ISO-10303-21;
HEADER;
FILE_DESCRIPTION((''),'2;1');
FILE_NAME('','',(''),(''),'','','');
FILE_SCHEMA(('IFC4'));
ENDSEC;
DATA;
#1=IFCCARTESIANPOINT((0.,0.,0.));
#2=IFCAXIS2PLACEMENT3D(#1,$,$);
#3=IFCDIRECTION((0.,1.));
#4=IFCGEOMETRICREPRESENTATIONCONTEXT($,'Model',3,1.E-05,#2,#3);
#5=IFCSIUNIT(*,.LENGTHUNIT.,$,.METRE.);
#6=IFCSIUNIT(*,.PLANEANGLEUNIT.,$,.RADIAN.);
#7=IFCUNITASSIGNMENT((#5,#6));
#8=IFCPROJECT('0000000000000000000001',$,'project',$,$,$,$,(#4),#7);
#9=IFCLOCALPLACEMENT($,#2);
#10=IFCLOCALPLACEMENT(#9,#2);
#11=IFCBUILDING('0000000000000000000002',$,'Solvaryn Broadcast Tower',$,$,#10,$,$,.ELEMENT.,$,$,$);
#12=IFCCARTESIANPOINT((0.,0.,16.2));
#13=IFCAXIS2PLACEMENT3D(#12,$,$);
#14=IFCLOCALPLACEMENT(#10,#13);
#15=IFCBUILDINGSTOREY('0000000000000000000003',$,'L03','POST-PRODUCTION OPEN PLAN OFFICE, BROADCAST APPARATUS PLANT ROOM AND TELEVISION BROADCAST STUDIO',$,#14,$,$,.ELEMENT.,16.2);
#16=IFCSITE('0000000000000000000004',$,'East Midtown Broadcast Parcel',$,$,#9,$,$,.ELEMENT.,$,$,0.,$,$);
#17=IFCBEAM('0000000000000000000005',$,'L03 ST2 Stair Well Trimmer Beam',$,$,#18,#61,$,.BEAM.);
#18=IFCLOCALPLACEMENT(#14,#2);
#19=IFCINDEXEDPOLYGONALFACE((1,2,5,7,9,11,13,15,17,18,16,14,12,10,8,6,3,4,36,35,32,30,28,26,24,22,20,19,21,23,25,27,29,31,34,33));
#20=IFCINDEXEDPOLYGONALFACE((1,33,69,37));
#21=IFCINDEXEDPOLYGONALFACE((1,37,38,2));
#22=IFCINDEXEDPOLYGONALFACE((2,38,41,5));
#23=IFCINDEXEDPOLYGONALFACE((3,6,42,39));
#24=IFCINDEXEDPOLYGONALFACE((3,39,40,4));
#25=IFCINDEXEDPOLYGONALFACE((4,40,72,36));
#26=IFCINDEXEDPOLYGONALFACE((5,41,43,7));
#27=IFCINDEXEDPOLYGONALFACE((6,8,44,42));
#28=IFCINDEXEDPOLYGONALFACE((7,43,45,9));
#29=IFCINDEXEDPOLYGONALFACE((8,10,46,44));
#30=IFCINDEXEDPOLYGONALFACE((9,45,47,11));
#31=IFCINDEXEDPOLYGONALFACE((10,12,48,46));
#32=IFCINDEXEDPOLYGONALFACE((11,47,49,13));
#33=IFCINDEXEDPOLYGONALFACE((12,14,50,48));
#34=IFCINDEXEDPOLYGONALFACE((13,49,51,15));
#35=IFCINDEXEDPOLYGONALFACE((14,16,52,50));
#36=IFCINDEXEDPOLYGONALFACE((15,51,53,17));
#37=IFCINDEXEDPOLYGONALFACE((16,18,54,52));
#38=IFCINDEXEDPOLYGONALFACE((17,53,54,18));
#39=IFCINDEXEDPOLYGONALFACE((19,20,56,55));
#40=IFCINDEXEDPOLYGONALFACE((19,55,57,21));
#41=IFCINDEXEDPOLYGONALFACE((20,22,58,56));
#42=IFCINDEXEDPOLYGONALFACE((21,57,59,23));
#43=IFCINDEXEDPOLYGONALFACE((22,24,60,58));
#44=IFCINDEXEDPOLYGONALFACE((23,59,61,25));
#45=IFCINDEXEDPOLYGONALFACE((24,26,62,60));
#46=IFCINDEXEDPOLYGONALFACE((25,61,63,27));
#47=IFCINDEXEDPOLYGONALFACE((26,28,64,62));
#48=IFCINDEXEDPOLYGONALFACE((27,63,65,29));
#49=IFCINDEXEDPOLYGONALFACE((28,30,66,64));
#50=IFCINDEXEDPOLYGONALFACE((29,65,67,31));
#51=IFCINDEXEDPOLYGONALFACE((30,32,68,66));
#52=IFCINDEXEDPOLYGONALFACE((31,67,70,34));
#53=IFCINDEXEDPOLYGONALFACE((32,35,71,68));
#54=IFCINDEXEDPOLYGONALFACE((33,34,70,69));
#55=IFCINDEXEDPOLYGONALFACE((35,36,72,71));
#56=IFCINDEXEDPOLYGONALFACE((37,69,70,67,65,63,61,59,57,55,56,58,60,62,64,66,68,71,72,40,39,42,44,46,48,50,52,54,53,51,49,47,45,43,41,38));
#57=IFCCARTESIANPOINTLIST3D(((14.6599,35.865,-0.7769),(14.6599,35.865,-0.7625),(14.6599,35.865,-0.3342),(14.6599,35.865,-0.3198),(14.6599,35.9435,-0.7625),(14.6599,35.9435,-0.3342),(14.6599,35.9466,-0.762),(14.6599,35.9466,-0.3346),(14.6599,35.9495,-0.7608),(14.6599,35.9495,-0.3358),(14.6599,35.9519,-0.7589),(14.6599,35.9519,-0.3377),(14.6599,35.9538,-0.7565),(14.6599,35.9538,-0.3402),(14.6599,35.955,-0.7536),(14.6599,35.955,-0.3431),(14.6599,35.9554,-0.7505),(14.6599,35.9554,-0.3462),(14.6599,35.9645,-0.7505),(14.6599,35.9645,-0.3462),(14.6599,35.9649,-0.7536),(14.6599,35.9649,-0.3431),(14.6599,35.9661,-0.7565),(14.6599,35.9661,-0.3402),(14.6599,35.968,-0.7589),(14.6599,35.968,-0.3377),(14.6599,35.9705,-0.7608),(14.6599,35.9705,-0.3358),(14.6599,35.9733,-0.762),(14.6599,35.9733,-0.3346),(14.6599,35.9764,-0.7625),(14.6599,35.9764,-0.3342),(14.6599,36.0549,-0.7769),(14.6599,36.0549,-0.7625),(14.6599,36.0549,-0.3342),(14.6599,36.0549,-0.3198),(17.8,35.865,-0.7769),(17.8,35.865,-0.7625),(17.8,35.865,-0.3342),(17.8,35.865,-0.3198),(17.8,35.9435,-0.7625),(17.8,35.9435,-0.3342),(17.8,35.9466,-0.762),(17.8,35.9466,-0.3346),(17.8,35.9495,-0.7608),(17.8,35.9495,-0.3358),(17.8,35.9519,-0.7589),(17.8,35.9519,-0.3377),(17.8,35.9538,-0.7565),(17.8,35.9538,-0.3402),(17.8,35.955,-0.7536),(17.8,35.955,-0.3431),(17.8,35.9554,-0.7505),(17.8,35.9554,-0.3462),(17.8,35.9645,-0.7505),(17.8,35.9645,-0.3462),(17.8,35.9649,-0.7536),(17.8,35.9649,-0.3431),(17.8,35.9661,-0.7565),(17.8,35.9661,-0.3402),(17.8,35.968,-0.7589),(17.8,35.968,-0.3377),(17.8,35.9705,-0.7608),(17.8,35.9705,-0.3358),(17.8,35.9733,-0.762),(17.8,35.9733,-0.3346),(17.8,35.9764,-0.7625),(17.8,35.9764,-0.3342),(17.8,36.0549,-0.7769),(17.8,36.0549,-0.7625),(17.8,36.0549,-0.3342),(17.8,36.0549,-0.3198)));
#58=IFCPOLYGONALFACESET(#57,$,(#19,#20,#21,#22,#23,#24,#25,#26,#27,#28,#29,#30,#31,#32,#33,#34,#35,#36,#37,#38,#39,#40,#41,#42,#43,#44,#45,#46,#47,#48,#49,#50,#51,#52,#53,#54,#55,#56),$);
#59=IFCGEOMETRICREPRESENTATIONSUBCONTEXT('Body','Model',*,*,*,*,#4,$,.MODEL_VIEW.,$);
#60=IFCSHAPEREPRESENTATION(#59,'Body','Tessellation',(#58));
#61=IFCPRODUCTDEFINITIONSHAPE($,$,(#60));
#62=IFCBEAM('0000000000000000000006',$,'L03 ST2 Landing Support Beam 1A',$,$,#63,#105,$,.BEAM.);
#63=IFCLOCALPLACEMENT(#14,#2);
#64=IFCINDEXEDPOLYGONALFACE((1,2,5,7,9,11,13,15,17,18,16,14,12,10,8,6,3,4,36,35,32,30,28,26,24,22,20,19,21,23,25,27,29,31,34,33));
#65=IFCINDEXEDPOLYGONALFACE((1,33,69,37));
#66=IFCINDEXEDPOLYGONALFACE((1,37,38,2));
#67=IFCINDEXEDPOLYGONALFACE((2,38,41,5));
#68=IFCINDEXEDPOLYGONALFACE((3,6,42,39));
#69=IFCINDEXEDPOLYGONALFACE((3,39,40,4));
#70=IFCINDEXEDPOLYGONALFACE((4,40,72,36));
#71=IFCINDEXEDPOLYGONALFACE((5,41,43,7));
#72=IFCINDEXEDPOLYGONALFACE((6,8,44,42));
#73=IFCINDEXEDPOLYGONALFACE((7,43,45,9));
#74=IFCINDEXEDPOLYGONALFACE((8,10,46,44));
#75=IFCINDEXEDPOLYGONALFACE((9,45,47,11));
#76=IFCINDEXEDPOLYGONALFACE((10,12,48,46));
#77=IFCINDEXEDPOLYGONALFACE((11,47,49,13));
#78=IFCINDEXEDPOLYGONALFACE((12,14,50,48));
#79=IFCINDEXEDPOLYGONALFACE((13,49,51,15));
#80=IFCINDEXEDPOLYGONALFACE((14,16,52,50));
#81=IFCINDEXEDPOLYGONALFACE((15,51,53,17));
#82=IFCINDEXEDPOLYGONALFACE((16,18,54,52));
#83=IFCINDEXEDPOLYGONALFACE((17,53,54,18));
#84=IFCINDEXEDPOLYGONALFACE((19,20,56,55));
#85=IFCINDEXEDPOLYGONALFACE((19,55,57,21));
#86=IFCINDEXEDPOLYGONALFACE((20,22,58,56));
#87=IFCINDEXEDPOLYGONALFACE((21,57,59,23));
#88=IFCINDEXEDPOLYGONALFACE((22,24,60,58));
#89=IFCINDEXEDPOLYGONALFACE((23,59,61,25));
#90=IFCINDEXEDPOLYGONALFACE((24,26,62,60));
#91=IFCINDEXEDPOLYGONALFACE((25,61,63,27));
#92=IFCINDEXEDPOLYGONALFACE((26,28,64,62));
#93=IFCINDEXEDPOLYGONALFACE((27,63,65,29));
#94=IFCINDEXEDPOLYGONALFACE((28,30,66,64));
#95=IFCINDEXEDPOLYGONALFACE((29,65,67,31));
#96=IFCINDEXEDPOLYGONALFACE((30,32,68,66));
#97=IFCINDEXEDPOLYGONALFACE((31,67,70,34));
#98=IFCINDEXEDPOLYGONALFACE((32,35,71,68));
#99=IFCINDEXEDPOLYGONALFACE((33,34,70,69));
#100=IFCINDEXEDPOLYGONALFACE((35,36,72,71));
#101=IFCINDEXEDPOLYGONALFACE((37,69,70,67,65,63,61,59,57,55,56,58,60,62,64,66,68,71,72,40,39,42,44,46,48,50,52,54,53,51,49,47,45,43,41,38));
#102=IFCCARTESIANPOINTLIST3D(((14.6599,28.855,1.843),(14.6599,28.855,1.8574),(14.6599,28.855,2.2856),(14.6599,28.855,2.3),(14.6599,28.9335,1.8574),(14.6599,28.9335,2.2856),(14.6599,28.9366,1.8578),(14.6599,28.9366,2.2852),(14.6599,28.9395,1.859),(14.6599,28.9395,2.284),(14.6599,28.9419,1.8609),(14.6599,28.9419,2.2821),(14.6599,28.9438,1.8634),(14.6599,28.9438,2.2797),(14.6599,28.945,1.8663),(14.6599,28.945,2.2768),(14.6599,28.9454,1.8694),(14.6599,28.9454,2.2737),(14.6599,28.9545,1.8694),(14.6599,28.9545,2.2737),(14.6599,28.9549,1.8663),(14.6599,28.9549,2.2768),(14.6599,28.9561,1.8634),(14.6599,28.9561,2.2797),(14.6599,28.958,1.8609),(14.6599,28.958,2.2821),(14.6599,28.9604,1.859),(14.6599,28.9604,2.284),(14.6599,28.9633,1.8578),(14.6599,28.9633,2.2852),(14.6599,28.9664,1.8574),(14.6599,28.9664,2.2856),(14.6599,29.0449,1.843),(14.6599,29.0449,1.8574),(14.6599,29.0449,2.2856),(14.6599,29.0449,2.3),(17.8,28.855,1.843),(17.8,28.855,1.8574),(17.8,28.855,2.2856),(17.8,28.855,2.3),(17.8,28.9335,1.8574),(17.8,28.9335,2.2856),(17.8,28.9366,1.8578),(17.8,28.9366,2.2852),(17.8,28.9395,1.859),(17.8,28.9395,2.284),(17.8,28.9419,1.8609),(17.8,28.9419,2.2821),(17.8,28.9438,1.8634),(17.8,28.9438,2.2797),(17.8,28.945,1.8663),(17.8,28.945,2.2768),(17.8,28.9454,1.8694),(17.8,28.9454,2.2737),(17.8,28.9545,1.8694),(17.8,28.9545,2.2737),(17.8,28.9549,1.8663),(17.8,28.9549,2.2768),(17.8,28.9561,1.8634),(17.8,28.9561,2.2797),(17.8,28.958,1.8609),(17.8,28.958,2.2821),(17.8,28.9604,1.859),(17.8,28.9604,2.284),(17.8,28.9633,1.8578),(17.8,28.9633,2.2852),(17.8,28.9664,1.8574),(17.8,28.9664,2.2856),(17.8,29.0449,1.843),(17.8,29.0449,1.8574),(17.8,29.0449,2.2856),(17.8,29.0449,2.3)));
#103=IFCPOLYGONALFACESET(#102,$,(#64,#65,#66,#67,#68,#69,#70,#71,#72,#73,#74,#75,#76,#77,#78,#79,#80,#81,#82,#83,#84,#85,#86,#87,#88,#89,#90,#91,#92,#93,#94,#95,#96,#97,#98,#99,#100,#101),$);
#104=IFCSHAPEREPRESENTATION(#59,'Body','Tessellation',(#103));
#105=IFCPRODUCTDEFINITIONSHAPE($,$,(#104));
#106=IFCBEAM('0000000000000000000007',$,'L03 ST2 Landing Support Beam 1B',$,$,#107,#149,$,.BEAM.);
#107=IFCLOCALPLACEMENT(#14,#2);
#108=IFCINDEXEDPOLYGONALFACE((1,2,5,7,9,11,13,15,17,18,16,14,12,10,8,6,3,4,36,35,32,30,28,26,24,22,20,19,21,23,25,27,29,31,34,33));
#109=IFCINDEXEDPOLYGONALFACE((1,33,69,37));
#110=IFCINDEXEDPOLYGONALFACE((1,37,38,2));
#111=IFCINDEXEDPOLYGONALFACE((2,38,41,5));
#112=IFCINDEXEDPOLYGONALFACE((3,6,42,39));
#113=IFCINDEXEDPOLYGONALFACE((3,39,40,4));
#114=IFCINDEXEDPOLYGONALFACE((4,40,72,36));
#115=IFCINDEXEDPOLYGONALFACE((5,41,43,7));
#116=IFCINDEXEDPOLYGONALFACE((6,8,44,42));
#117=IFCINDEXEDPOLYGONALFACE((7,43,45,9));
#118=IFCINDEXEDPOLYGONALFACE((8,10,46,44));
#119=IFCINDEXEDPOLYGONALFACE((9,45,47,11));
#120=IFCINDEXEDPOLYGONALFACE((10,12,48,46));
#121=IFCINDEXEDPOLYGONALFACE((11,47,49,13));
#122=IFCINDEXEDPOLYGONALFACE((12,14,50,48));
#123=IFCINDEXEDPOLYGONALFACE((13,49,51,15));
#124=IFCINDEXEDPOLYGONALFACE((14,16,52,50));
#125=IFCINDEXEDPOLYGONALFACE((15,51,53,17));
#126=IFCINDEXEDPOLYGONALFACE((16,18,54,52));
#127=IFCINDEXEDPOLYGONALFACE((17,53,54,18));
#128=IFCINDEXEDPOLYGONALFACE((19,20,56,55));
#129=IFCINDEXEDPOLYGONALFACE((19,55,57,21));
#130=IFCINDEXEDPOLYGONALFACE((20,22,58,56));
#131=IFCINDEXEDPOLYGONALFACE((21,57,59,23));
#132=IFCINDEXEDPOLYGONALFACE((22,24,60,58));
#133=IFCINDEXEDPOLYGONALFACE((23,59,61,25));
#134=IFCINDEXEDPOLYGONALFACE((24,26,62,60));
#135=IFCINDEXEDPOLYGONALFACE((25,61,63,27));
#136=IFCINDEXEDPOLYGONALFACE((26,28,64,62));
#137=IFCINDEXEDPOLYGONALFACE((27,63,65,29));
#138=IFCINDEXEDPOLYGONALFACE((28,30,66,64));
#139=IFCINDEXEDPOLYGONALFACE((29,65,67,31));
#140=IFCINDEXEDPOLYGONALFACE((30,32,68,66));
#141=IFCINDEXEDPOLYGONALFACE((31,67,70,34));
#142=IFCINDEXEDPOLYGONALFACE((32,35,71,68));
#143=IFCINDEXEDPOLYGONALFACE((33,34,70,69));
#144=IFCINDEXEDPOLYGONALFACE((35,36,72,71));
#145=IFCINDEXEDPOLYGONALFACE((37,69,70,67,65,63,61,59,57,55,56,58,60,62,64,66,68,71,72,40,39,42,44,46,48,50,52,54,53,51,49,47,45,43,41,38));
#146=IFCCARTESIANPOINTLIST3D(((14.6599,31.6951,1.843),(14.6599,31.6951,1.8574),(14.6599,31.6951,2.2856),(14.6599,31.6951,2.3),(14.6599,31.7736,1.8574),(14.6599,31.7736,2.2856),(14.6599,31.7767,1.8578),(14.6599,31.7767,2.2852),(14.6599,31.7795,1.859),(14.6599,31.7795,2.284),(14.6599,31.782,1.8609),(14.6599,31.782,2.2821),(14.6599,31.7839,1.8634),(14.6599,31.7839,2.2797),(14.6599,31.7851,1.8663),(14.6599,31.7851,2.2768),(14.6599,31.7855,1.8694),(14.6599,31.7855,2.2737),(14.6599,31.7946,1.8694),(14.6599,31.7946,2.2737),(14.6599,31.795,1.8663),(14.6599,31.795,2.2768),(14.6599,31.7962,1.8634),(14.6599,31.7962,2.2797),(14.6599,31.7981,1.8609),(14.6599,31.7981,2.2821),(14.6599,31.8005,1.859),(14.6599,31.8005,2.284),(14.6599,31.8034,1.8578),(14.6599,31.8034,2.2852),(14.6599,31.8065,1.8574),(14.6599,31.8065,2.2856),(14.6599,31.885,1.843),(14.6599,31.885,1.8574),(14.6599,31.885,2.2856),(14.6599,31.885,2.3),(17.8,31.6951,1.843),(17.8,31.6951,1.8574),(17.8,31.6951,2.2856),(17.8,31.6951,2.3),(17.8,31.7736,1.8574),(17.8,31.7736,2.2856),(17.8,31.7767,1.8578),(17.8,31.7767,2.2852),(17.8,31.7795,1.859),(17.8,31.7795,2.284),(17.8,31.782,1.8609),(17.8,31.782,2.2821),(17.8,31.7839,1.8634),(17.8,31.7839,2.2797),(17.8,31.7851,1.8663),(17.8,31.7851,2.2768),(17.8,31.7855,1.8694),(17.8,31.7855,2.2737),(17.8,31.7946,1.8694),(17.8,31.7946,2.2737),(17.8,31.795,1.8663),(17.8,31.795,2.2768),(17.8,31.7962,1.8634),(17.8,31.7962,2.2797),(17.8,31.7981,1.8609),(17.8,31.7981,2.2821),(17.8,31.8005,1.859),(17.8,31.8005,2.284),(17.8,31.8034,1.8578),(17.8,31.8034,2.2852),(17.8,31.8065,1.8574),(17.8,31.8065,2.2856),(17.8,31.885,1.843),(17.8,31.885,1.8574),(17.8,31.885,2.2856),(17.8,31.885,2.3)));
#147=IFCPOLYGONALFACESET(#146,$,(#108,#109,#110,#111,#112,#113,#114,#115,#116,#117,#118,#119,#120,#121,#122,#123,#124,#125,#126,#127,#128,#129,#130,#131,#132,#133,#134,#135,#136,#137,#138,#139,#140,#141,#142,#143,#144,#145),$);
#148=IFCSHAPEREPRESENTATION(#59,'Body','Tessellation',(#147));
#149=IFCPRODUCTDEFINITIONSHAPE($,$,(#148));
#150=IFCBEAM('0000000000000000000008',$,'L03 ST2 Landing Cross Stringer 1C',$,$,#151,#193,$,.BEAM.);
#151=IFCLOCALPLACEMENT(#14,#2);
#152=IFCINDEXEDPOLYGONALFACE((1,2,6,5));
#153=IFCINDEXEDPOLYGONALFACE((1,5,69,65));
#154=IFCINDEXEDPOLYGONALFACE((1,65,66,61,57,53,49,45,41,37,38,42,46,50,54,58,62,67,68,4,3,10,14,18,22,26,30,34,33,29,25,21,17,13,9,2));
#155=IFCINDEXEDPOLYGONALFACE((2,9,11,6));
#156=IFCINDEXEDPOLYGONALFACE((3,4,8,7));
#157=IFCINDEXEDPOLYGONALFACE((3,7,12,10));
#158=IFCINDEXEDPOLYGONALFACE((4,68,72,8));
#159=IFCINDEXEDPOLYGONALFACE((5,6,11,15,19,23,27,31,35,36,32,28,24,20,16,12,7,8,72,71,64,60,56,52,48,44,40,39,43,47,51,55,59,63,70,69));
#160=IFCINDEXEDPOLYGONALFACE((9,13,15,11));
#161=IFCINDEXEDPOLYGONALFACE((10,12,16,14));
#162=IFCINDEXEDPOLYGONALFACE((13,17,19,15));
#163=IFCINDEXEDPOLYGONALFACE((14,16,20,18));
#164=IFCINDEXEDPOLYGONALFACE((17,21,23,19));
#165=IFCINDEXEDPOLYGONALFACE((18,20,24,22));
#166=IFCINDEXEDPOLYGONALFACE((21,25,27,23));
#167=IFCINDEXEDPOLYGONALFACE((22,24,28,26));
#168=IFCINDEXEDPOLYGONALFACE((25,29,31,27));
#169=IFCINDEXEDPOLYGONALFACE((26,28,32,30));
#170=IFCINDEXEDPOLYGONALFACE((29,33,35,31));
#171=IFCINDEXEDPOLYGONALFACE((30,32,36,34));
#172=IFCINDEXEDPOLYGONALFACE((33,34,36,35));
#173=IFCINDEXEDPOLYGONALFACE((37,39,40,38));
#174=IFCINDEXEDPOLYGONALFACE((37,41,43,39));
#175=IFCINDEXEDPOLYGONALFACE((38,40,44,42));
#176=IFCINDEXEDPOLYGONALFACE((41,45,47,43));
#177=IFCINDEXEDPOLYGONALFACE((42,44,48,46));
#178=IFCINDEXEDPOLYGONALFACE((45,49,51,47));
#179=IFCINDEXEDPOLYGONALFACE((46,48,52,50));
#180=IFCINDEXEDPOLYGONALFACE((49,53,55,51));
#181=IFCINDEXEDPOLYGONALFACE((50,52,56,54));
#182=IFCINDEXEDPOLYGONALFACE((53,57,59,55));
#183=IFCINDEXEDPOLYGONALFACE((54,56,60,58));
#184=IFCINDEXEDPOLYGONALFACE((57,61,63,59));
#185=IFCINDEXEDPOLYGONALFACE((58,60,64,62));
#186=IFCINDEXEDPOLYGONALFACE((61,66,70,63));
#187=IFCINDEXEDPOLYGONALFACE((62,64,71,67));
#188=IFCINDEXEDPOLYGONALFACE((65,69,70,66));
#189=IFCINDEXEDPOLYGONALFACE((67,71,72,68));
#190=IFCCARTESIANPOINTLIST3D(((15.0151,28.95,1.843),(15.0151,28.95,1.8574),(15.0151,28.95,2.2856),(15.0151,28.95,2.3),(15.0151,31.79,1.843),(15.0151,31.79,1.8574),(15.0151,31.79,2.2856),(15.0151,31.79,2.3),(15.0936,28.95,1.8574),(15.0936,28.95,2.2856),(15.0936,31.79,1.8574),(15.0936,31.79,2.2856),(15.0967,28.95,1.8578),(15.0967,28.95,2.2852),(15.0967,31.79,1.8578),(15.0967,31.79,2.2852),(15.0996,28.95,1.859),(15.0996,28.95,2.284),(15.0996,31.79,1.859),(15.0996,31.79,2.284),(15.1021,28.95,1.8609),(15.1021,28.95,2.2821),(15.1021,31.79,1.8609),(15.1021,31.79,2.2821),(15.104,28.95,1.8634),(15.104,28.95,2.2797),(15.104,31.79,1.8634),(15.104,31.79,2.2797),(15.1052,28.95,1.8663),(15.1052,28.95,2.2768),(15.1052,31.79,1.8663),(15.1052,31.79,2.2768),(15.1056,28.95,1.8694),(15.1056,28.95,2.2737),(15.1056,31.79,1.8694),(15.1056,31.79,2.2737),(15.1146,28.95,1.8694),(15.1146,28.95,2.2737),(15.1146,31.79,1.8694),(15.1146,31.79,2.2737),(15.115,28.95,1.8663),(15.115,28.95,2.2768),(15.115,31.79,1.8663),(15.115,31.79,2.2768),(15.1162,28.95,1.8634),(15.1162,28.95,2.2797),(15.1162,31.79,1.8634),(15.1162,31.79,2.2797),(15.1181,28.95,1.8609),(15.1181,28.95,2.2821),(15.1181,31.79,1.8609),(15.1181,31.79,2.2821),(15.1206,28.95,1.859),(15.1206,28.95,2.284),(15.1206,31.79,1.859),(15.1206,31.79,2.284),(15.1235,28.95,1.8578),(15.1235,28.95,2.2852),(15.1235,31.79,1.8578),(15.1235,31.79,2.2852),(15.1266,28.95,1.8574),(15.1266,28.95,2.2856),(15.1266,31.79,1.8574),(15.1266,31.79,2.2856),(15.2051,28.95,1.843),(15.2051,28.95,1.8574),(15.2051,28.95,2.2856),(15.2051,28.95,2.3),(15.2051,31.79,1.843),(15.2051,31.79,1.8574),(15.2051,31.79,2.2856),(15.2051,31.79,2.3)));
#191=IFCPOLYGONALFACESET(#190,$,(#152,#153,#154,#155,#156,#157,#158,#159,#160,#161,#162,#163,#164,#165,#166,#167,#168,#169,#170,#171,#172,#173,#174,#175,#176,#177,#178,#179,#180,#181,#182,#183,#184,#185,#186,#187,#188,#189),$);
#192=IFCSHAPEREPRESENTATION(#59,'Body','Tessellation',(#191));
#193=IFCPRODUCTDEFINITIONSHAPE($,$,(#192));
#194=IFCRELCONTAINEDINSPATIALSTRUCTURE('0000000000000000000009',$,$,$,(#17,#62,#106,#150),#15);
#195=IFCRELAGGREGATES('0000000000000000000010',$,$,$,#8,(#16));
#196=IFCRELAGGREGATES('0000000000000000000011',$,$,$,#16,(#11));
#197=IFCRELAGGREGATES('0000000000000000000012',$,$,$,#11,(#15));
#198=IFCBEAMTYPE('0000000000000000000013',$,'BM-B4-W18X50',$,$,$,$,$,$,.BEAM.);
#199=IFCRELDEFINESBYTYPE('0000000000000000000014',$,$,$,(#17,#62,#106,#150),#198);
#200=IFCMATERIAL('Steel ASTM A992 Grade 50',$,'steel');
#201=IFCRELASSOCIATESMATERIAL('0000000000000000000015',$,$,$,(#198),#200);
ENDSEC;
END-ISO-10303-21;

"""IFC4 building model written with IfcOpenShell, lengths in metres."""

from ifc_helpers import new_model, si_unit, direction, frame, origin, origin_2d, place, context, subcontext, project, spatial, i_section, extrude, material, material_profile, profile_set, type_object, element, save


model = new_model("IFC4")

# Units and contexts
model_context = context("Model", 3, precision=1e-05, world=origin(), true_north=direction((0.0, 1.0)))
body_context = subcontext(model_context, "Body", "Model", "MODEL_VIEW")
ifc_project = project(units=[si_unit("LENGTHUNIT", "METRE"), si_unit("PLANEANGLEUNIT", "RADIAN")], contexts=[model_context])

# Site, building, storey
site_placement = place(None, origin())
site = spatial("IfcSite", under=ifc_project, at=site_placement, Name="East Midtown Broadcast Parcel", CompositionType="ELEMENT", RefElevation=0.0)
building_placement = place(site_placement, origin())
building = spatial("IfcBuilding", under=site, at=building_placement, Name="Solvaryn Broadcast Tower", CompositionType="ELEMENT")
storey_placement = place(building_placement, frame((0.0, 0.0, 16.2)))
storey = spatial("IfcBuildingStorey", under=building, at=storey_placement, Name="L03", Description="POST-PRODUCTION OPEN PLAN OFFICE, BROADCAST APPARATUS PLANT ROOM AND TELEVISION BROADCAST STUDIO", CompositionType="ELEMENT", Elevation=16.2)

# Beams
ifc_material_1 = material(Name="Steel ASTM A992 Grade 50", Category="steel")
ifc_material_profile_1 = material_profile(ifc_material_1, i_section(OverallWidth=0.1899, OverallDepth=0.457, WebThickness=0.009, FlangeThickness=0.0144, FilletRadius=0.012, at=origin_2d()))
ifc_profile_set_1 = profile_set([ifc_material_profile_1], Name="Steel ASTM A992 Grade 50")
beam_type = type_object("IfcBeamType", Name="BM-B4-W18X50", PredefinedType="BEAM", material=ifc_profile_set_1)
for number, where, z_axis, x_axis, name in (
    (1, (14.6599, 35.96, -0.5483), (1.0, 0.0, 0.0), (0.0, 1.0, 0.0), "L03 ST2 Stair Well Trimmer Beam"),
    (2, (14.6599, 28.95, 2.0715), (1.0, 0.0, 0.0), (0.0, 1.0, 0.0), "L03 ST2 Landing Support Beam 1A"),
    (3, (14.6599, 31.79, 2.0715), (1.0, 0.0, 0.0), (0.0, 1.0, 0.0), "L03 ST2 Landing Support Beam 1B"),
):
    element("IfcBeam", number, at=place(storey_placement, frame(where, z_axis=z_axis, x_axis=x_axis)), inside=storey, type_object=beam_type, Name=name, PredefinedType="BEAM", context=body_context, shape_type="SweptSolid", body=[
        extrude(i_section(OverallWidth=0.1899, OverallDepth=0.457, WebThickness=0.009, FlangeThickness=0.0144, FilletRadius=0.012, at=origin_2d()), origin(), (0.0, 0.0, 1.0), 3.1401),
    ])
beam_1_placement = place(storey_placement, frame((15.1101, 28.95, 2.0715), z_axis=(0.0, 1.0, 0.0), x_axis=(-1.0, 0.0, 0.0)))
element("IfcBeam", 4, at=beam_1_placement, inside=storey, type_object=beam_type, Name="L03 ST2 Landing Cross Stringer 1C", PredefinedType="BEAM", context=body_context, shape_type="SweptSolid", body=[
    extrude(i_section(OverallWidth=0.1899, OverallDepth=0.457, WebThickness=0.009, FlangeThickness=0.0144, FilletRadius=0.012, at=origin_2d()), origin(), (0.0, 0.0, 1.0), 2.8401),
])

save(model, "model.ifc")
